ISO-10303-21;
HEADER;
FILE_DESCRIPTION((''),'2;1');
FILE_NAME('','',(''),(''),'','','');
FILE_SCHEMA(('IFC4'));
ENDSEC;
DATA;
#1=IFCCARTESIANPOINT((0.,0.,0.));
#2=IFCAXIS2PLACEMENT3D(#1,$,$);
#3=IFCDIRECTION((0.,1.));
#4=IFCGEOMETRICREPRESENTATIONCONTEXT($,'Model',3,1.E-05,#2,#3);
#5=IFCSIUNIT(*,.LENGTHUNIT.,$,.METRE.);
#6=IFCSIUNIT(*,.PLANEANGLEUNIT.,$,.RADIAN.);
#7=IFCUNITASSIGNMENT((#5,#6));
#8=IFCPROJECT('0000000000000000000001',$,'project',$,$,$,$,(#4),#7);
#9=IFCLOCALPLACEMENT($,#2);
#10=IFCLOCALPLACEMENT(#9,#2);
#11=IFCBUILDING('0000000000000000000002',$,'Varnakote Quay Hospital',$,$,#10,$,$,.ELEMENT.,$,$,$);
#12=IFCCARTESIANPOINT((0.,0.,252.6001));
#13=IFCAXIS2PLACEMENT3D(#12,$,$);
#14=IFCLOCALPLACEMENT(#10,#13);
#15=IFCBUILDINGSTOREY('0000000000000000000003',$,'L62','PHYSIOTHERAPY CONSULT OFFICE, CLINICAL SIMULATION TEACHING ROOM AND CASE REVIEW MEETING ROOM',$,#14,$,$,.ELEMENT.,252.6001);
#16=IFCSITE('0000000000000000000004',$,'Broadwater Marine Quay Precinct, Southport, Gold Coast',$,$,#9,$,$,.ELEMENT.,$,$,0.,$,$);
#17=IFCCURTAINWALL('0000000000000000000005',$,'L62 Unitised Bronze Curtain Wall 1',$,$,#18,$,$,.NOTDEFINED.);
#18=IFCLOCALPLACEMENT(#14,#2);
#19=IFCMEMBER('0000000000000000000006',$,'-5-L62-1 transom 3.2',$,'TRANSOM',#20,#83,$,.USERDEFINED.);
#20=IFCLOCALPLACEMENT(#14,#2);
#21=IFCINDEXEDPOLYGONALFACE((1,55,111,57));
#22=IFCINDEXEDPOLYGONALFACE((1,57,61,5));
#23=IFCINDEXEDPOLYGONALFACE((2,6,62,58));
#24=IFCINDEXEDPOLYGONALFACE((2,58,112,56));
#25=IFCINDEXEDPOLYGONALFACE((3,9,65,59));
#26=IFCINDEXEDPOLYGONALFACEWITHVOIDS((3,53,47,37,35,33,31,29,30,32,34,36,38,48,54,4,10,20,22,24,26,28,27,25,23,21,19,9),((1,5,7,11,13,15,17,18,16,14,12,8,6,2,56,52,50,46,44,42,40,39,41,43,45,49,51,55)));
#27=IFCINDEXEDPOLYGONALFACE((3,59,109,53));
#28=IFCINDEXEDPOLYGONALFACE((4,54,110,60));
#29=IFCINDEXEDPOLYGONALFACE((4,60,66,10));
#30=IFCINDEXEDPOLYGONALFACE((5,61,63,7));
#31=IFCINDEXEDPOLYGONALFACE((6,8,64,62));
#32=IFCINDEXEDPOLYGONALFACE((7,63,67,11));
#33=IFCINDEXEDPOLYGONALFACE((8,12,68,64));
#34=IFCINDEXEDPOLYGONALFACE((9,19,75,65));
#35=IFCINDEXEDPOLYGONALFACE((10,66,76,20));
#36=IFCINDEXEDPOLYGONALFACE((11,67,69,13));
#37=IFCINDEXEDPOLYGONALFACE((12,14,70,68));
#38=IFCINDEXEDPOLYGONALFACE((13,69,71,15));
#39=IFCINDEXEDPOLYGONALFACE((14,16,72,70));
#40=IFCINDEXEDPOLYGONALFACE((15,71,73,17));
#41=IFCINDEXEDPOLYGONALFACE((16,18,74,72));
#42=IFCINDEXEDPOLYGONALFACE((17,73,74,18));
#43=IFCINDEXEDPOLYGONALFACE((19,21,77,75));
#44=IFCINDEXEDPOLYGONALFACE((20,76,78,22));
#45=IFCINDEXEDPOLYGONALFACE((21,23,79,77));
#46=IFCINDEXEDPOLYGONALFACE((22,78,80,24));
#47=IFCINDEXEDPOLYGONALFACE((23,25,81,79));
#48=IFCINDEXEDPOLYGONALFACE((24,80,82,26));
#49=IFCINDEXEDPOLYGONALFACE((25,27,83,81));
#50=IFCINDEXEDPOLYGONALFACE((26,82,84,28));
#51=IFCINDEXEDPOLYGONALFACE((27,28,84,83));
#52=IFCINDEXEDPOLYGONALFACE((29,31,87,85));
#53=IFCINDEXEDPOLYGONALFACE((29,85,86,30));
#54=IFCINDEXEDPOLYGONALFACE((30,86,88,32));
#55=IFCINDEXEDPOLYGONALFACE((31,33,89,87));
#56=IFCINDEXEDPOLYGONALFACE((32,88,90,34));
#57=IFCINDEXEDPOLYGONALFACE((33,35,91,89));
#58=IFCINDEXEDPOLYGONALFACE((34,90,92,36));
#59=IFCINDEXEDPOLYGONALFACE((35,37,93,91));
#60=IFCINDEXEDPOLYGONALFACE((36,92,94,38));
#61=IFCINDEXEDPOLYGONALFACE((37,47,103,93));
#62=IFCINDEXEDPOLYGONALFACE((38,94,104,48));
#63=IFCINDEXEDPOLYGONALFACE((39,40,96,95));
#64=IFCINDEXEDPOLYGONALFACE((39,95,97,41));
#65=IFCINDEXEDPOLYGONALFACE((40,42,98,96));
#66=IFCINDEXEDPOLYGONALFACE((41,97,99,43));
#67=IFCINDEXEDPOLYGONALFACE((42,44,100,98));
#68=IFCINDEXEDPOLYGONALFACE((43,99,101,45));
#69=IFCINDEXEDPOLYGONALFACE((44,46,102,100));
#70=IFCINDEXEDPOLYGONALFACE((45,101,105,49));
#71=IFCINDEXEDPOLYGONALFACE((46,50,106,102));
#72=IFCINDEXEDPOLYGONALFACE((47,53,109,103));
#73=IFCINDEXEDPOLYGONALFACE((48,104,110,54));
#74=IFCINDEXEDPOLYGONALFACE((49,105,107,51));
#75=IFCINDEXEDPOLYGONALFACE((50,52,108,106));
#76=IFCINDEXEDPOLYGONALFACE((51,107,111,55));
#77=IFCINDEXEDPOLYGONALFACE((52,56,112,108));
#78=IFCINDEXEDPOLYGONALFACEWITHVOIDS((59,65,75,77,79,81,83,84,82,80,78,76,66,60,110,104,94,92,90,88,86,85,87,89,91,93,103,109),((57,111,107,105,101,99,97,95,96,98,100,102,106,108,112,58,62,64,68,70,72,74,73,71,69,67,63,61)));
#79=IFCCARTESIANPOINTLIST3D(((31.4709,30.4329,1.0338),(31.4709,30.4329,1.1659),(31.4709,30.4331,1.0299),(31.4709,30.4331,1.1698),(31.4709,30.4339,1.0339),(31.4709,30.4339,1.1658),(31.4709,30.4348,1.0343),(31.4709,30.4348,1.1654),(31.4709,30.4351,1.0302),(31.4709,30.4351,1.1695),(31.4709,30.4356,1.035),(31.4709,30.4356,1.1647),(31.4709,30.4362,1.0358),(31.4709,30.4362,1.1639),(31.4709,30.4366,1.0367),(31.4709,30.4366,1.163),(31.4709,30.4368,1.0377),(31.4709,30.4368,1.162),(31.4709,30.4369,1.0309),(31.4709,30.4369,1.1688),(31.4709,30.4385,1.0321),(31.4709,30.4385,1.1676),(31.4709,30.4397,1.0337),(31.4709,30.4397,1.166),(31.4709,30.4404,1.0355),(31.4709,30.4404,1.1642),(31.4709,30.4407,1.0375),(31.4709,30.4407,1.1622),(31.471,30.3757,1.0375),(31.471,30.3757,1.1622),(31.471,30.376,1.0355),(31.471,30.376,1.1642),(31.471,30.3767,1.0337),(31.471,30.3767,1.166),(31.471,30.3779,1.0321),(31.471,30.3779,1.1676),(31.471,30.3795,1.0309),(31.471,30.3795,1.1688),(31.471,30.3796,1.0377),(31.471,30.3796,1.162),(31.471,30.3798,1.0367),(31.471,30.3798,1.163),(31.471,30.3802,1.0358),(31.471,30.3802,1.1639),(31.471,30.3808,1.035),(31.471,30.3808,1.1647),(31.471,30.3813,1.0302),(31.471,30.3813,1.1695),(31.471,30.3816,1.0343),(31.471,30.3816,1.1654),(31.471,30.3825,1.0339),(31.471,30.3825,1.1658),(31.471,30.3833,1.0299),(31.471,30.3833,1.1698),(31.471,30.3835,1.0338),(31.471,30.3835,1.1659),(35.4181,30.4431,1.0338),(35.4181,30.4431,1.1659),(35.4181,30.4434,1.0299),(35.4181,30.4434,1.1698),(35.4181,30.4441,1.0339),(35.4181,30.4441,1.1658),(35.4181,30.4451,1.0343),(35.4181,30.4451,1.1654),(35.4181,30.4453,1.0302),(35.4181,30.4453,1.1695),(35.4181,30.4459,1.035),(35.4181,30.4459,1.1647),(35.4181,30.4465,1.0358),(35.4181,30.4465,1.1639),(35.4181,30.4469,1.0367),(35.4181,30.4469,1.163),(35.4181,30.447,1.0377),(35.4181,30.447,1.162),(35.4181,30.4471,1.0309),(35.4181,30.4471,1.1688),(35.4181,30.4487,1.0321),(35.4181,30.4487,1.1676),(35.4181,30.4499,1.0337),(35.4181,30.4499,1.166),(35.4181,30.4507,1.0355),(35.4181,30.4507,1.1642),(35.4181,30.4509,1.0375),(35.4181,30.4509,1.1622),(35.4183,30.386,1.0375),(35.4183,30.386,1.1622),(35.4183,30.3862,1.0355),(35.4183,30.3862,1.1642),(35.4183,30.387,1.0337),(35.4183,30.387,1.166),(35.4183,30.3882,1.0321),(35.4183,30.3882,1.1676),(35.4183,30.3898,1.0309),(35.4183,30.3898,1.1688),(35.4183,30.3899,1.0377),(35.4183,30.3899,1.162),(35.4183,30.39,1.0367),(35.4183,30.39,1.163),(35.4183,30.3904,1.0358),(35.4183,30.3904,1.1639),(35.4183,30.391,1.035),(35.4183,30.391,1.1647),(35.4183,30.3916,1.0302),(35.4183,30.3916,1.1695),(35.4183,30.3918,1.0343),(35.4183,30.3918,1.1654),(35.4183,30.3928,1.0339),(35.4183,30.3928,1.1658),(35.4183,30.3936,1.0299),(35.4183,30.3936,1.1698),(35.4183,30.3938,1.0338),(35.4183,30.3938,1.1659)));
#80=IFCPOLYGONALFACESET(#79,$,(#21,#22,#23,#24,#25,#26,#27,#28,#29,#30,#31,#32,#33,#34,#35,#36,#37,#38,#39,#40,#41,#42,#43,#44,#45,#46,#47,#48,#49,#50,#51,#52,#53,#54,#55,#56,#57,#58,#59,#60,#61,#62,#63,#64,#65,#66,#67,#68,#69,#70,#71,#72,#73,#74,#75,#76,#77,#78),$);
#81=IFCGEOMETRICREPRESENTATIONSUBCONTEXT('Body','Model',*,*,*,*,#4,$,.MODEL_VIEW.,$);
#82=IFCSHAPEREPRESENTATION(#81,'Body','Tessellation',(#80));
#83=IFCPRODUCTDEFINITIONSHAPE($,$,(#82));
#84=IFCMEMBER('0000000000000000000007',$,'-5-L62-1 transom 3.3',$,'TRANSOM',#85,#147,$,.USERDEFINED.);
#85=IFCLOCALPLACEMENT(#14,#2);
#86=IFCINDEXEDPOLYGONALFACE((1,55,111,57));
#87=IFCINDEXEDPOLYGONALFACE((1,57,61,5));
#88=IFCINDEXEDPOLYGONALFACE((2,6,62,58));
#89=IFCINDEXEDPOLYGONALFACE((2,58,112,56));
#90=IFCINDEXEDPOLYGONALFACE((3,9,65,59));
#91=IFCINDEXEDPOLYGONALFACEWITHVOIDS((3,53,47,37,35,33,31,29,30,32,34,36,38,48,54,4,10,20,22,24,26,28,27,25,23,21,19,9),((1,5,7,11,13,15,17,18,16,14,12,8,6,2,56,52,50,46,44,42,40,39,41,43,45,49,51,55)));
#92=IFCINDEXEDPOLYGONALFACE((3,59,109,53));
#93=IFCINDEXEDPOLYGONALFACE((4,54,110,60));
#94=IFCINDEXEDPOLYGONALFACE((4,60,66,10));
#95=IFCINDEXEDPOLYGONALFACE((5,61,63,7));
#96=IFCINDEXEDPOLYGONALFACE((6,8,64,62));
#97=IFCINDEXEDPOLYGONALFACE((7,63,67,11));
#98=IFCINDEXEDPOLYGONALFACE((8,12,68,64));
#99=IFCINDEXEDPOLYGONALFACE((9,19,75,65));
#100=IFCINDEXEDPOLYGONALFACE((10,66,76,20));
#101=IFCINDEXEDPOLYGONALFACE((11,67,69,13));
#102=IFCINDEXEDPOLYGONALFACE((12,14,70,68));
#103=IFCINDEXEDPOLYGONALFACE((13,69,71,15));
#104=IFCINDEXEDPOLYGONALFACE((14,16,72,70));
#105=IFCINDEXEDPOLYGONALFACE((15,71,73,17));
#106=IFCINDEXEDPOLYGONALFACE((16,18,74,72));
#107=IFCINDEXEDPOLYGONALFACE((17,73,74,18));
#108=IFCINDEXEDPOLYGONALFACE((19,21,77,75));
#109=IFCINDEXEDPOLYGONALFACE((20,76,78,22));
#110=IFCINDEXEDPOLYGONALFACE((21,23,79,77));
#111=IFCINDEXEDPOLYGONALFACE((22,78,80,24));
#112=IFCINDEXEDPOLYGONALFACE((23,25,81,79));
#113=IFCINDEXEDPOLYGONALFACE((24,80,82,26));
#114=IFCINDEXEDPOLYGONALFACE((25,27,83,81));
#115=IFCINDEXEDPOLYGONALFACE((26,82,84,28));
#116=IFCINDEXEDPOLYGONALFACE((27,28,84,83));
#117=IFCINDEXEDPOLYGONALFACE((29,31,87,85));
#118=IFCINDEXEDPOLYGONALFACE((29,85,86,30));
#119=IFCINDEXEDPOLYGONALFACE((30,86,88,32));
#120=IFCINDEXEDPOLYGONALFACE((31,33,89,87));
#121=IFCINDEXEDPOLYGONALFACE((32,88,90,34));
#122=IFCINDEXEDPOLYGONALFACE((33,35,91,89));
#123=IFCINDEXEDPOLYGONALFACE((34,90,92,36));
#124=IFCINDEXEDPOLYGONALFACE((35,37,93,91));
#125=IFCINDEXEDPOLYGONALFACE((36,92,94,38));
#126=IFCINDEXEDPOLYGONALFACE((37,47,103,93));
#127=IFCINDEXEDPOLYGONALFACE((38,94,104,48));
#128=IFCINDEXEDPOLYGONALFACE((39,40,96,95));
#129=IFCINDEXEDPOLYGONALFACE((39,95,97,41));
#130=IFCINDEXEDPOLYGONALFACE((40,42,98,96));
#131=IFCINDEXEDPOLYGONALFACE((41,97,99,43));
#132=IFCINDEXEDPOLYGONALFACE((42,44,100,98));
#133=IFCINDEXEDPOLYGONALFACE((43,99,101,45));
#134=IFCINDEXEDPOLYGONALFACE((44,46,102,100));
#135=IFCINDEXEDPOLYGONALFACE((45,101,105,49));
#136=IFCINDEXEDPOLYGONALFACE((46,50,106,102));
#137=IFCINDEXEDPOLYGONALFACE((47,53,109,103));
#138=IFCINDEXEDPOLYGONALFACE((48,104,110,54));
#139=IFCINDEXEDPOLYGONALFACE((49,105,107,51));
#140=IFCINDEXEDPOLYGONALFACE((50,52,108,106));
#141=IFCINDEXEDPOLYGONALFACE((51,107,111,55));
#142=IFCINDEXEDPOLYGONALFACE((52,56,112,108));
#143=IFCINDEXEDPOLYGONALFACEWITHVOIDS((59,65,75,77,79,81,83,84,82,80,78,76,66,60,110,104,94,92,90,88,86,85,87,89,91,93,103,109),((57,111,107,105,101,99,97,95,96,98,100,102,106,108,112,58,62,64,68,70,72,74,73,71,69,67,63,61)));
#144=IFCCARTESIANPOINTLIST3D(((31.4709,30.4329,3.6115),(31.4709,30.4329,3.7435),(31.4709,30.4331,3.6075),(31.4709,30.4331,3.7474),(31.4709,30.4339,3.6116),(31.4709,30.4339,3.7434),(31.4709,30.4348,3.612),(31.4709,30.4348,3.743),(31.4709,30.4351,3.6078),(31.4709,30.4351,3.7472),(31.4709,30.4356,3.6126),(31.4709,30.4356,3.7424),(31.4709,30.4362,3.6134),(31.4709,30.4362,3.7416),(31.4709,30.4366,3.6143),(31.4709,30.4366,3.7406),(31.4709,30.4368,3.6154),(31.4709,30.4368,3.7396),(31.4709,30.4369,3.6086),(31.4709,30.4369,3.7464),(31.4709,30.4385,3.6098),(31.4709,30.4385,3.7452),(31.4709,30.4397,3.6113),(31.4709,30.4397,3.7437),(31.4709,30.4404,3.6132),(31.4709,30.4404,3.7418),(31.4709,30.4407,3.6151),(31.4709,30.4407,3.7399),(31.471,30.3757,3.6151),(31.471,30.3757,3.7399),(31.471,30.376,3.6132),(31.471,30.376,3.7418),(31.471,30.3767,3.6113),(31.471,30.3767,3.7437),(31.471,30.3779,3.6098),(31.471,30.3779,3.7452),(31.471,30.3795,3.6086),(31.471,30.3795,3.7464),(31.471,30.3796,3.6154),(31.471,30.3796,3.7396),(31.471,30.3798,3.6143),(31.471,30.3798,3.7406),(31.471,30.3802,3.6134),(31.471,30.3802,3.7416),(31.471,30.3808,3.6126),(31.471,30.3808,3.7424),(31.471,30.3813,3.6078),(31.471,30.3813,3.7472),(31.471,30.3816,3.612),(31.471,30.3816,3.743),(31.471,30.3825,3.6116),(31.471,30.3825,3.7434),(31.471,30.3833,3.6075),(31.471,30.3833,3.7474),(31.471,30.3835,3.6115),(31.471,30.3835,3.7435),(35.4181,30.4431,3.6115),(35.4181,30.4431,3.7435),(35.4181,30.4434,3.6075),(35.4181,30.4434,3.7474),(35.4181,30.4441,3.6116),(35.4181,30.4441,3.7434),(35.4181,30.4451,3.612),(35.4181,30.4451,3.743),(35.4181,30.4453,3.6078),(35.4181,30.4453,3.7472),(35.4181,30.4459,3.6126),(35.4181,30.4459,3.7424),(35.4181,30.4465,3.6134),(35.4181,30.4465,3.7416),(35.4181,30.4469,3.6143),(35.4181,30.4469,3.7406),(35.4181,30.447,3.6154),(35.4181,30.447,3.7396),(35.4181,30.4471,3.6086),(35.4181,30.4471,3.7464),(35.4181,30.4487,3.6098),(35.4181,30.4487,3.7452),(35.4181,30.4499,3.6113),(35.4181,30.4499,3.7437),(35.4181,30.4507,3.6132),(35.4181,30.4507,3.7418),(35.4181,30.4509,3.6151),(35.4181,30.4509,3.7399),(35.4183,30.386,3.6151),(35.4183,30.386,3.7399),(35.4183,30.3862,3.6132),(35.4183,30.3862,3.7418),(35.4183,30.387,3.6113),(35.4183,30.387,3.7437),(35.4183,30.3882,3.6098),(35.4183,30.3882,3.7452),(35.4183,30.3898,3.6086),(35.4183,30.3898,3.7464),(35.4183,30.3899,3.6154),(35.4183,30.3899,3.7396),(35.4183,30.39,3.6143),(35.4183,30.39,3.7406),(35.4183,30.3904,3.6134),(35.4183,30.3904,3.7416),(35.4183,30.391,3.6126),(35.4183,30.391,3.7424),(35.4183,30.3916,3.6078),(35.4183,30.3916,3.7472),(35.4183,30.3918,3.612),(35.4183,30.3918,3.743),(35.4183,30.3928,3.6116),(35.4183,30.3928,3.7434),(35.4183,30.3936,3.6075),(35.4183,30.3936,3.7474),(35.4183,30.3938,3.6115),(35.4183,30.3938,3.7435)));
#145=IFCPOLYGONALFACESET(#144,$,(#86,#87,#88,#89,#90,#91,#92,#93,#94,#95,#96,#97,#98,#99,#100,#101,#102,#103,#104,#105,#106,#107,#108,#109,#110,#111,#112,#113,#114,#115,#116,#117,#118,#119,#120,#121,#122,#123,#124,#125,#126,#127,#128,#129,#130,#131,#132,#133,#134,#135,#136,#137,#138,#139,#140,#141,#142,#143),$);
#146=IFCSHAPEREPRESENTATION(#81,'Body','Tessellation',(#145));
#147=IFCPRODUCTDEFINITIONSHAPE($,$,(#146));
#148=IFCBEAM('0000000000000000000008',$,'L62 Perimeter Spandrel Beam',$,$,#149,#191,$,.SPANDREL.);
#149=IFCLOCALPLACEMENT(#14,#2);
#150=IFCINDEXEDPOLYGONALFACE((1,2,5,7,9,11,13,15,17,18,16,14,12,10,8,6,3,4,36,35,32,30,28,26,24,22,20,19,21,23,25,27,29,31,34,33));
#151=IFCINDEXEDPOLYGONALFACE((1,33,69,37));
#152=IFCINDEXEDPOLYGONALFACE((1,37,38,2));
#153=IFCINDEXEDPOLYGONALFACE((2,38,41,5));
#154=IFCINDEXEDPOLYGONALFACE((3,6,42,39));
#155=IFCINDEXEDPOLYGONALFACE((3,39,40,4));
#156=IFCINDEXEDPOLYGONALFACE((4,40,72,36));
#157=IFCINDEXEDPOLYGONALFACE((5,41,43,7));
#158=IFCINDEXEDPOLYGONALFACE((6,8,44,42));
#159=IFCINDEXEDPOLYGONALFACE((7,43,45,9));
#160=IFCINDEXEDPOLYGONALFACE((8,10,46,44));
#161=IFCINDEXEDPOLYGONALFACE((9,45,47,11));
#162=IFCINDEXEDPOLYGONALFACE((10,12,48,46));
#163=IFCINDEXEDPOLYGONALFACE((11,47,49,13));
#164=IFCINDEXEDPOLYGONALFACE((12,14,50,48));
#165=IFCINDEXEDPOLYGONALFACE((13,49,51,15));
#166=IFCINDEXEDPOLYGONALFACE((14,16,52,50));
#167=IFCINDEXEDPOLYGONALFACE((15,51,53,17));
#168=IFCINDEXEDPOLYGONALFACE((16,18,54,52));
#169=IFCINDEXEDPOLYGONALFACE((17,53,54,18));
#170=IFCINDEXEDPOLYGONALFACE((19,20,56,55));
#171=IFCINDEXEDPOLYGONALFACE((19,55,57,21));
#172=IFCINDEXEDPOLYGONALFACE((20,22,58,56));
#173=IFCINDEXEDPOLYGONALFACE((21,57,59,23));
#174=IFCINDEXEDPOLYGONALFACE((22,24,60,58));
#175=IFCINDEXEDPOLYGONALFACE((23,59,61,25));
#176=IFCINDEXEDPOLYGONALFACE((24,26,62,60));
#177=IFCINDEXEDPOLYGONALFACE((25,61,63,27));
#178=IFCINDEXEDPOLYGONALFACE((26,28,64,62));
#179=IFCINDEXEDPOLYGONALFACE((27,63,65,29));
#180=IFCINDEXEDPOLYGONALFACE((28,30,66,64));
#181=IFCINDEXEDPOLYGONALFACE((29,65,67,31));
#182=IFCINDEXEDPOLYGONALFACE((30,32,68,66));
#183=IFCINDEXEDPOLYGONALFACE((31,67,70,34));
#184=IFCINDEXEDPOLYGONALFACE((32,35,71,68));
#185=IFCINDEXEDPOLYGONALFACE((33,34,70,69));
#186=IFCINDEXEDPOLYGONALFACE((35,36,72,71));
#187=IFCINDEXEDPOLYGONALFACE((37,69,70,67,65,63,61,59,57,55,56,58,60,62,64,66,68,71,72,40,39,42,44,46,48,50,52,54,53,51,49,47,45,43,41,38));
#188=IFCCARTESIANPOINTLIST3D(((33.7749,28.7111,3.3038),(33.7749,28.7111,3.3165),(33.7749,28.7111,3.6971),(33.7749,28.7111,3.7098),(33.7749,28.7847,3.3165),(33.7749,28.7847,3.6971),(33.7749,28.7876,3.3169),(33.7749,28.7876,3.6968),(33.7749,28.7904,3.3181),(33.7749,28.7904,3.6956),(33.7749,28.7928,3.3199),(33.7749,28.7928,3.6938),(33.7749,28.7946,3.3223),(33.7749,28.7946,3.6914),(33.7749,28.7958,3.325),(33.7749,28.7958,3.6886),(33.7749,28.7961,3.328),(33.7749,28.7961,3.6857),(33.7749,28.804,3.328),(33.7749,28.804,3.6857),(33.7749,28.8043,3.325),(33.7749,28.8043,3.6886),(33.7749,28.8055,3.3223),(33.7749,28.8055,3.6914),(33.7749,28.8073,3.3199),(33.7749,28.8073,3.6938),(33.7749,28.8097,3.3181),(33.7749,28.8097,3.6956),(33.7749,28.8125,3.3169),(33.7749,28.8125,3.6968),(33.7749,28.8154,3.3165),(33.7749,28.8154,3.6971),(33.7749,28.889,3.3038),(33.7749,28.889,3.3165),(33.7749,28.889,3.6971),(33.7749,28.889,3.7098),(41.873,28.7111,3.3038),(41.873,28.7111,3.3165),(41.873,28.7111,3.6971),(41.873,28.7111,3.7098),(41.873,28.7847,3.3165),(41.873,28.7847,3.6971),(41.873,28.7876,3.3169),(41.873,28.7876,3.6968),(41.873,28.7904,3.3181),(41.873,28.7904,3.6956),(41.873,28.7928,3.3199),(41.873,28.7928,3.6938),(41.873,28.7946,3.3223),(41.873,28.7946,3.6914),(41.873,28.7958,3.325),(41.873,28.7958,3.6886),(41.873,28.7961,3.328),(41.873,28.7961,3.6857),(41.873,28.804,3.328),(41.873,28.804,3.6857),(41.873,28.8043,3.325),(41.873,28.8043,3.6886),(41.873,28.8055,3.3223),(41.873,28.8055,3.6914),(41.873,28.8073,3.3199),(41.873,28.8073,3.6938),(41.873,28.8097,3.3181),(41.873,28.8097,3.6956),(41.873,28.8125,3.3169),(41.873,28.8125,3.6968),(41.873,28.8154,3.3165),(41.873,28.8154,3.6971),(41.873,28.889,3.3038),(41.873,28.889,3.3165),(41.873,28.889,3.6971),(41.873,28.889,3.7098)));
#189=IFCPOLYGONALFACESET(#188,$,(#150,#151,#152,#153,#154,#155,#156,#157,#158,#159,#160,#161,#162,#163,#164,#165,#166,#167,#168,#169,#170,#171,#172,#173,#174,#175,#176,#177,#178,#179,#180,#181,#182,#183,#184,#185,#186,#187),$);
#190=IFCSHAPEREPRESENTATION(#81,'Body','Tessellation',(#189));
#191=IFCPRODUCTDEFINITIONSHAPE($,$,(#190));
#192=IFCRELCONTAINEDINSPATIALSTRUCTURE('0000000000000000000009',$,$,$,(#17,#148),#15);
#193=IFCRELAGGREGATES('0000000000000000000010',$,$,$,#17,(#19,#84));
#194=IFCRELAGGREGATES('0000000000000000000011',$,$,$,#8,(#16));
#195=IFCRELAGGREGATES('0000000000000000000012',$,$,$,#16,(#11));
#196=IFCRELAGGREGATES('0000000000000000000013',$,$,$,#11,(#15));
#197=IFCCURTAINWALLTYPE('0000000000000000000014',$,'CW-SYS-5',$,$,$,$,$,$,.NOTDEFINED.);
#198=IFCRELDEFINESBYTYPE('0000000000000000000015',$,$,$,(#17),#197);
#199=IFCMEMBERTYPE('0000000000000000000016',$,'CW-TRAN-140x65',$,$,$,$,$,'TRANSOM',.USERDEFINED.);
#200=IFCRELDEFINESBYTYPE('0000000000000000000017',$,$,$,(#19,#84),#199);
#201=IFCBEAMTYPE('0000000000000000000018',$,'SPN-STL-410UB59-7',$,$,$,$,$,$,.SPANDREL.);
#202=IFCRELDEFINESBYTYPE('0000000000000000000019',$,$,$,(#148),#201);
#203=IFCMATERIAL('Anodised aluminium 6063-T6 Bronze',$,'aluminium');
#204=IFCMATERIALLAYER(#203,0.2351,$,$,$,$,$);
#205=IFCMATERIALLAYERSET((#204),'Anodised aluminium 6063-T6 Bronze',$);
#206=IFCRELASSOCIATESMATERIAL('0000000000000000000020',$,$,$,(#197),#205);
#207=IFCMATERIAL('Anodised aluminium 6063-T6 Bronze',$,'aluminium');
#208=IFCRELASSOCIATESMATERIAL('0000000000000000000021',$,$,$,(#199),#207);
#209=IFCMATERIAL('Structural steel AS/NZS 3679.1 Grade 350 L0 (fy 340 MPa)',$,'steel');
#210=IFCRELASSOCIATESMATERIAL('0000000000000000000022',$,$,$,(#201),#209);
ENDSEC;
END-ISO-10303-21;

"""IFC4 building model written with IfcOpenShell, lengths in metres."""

from ifc_helpers import new_model, si_unit, direction, frame, origin, origin_2d, place, context, subcontext, project, spatial, hollow_rectangle, i_section, extrude, material, layer, layer_set, material_profile, profile_set, type_object, element, aggregate, save


model = new_model("IFC4")

# Units and contexts
model_context = context("Model", 3, precision=1e-05, world=origin(), true_north=direction((0.0, 1.0)))
body_context = subcontext(model_context, "Body", "Model", "MODEL_VIEW")
ifc_project = project(units=[si_unit("LENGTHUNIT", "METRE"), si_unit("PLANEANGLEUNIT", "RADIAN")], contexts=[model_context])

# Site, building, storey
site_placement = place(None, origin())
site = spatial("IfcSite", under=ifc_project, at=site_placement, Name="Broadwater Marine Quay Precinct, Southport, Gold Coast", CompositionType="ELEMENT", RefElevation=0.0)
building_placement = place(site_placement, origin())
building = spatial("IfcBuilding", under=site, at=building_placement, Name="Varnakote Quay Hospital", CompositionType="ELEMENT")
storey_placement = place(building_placement, frame((0.0, 0.0, 252.6001)))
storey = spatial("IfcBuildingStorey", under=building, at=storey_placement, Name="L62", Description="PHYSIOTHERAPY CONSULT OFFICE, CLINICAL SIMULATION TEACHING ROOM AND CASE REVIEW MEETING ROOM", CompositionType="ELEMENT", Elevation=252.6001)

# Curtain wall, members
ifc_material_1 = material(Name="Anodised aluminium 6063-T6 Bronze", Category="aluminium")
ifc_layer_1 = layer(ifc_material_1, 0.2351)
ifc_layer_set_1 = layer_set([ifc_layer_1], Name="Anodised aluminium 6063-T6 Bronze")
curtain_wall_type = type_object("IfcCurtainWallType", Name="CW-SYS-5", PredefinedType="NOTDEFINED", material=ifc_layer_set_1)
curtain_wall_placement = place(storey_placement, origin())
curtain_wall = element("IfcCurtainWall", 1, at=curtain_wall_placement, inside=storey, type_object=curtain_wall_type, Name="L62 Unitised Bronze Curtain Wall 1", PredefinedType="NOTDEFINED")
ifc_material_2 = material(Name="Anodised aluminium 6063-T6 Bronze", Category="aluminium")
ifc_material_profile_1 = material_profile(ifc_material_2, hollow_rectangle(XDim=0.0649, YDim=0.1399, WallThickness=0.0039, InnerFilletRadius=0.0039, OuterFilletRadius=0.0076, at=origin_2d()), Name="CW-TRAN-140x65")
ifc_profile_set_1 = profile_set([ifc_material_profile_1], Name="Anodised aluminium 6063-T6 Bronze")
member_type_1 = type_object("IfcMemberType", Name="CW-TRAN-140x65", ElementType="TRANSOM", PredefinedType="USERDEFINED", material=ifc_profile_set_1)
member_1_placement = place(storey_placement, frame((35.4182, 30.4185, 1.0999), z_axis=(-0.999997, -0.002598, 0.0), x_axis=(0.002598, -0.999997, 0.0)))
member_1 = element("IfcMember", 2, at=member_1_placement, type_object=member_type_1, Name="-5-L62-1 transom 3.2", ObjectType="TRANSOM", PredefinedType="USERDEFINED", context=body_context, shape_type="SweptSolid", body=[
    extrude(hollow_rectangle(XDim=0.0649, YDim=0.1399, WallThickness=0.0039, InnerFilletRadius=0.0039, OuterFilletRadius=0.0076, at=origin_2d()), origin(), (0.0, 0.0, 1.0), 3.9473),
])
member_2_placement = place(storey_placement, frame((35.4182, 30.4185, 3.6775), z_axis=(-0.999997, -0.002598, 0.0), x_axis=(0.002598, -0.999997, 0.0)))
member_2 = element("IfcMember", 3, at=member_2_placement, type_object=member_type_1, Name="-5-L62-1 transom 3.3", ObjectType="TRANSOM", PredefinedType="USERDEFINED", context=body_context, shape_type="SweptSolid", body=[
    extrude(hollow_rectangle(XDim=0.0649, YDim=0.1399, WallThickness=0.0039, InnerFilletRadius=0.0039, OuterFilletRadius=0.0076, at=origin_2d()), origin(), (0.0, 0.0, 1.0), 3.9473),
])

# Beam
ifc_material_3 = material(Name="Structural steel AS/NZS 3679.1 Grade 350 L0 (fy 340 MPa)", Category="steel")
ifc_material_profile_2 = material_profile(ifc_material_3, i_section(OverallWidth=0.178, OverallDepth=0.406, WebThickness=0.0078, FlangeThickness=0.0127, FilletRadius=0.0115, at=origin_2d()), Name="410UB59.7")
ifc_profile_set_2 = profile_set([ifc_material_profile_2], Name="Structural steel AS/NZS 3679.1 Grade 350 L0 (fy 340 MPa)")
beam_type = type_object("IfcBeamType", Name="SPN-STL-410UB59-7", PredefinedType="SPANDREL", material=ifc_profile_set_2)
beam_placement = place(storey_placement, frame((33.7749, 28.8, 3.5068), z_axis=(1.0, 0.0, 0.0), x_axis=(0.0, 1.0, 0.0)))
element("IfcBeam", 4, at=beam_placement, inside=storey, type_object=beam_type, Name="L62 Perimeter Spandrel Beam", PredefinedType="SPANDREL", context=body_context, shape_type="SweptSolid", body=[
    extrude(i_section(OverallWidth=0.178, OverallDepth=0.406, WebThickness=0.0078, FlangeThickness=0.0127, FilletRadius=0.0115, at=origin_2d()), origin(), (0.0, 0.0, 1.0), 8.0981),
])

aggregate(curtain_wall, [member_1, member_2])

save(model, "model.ifc")
